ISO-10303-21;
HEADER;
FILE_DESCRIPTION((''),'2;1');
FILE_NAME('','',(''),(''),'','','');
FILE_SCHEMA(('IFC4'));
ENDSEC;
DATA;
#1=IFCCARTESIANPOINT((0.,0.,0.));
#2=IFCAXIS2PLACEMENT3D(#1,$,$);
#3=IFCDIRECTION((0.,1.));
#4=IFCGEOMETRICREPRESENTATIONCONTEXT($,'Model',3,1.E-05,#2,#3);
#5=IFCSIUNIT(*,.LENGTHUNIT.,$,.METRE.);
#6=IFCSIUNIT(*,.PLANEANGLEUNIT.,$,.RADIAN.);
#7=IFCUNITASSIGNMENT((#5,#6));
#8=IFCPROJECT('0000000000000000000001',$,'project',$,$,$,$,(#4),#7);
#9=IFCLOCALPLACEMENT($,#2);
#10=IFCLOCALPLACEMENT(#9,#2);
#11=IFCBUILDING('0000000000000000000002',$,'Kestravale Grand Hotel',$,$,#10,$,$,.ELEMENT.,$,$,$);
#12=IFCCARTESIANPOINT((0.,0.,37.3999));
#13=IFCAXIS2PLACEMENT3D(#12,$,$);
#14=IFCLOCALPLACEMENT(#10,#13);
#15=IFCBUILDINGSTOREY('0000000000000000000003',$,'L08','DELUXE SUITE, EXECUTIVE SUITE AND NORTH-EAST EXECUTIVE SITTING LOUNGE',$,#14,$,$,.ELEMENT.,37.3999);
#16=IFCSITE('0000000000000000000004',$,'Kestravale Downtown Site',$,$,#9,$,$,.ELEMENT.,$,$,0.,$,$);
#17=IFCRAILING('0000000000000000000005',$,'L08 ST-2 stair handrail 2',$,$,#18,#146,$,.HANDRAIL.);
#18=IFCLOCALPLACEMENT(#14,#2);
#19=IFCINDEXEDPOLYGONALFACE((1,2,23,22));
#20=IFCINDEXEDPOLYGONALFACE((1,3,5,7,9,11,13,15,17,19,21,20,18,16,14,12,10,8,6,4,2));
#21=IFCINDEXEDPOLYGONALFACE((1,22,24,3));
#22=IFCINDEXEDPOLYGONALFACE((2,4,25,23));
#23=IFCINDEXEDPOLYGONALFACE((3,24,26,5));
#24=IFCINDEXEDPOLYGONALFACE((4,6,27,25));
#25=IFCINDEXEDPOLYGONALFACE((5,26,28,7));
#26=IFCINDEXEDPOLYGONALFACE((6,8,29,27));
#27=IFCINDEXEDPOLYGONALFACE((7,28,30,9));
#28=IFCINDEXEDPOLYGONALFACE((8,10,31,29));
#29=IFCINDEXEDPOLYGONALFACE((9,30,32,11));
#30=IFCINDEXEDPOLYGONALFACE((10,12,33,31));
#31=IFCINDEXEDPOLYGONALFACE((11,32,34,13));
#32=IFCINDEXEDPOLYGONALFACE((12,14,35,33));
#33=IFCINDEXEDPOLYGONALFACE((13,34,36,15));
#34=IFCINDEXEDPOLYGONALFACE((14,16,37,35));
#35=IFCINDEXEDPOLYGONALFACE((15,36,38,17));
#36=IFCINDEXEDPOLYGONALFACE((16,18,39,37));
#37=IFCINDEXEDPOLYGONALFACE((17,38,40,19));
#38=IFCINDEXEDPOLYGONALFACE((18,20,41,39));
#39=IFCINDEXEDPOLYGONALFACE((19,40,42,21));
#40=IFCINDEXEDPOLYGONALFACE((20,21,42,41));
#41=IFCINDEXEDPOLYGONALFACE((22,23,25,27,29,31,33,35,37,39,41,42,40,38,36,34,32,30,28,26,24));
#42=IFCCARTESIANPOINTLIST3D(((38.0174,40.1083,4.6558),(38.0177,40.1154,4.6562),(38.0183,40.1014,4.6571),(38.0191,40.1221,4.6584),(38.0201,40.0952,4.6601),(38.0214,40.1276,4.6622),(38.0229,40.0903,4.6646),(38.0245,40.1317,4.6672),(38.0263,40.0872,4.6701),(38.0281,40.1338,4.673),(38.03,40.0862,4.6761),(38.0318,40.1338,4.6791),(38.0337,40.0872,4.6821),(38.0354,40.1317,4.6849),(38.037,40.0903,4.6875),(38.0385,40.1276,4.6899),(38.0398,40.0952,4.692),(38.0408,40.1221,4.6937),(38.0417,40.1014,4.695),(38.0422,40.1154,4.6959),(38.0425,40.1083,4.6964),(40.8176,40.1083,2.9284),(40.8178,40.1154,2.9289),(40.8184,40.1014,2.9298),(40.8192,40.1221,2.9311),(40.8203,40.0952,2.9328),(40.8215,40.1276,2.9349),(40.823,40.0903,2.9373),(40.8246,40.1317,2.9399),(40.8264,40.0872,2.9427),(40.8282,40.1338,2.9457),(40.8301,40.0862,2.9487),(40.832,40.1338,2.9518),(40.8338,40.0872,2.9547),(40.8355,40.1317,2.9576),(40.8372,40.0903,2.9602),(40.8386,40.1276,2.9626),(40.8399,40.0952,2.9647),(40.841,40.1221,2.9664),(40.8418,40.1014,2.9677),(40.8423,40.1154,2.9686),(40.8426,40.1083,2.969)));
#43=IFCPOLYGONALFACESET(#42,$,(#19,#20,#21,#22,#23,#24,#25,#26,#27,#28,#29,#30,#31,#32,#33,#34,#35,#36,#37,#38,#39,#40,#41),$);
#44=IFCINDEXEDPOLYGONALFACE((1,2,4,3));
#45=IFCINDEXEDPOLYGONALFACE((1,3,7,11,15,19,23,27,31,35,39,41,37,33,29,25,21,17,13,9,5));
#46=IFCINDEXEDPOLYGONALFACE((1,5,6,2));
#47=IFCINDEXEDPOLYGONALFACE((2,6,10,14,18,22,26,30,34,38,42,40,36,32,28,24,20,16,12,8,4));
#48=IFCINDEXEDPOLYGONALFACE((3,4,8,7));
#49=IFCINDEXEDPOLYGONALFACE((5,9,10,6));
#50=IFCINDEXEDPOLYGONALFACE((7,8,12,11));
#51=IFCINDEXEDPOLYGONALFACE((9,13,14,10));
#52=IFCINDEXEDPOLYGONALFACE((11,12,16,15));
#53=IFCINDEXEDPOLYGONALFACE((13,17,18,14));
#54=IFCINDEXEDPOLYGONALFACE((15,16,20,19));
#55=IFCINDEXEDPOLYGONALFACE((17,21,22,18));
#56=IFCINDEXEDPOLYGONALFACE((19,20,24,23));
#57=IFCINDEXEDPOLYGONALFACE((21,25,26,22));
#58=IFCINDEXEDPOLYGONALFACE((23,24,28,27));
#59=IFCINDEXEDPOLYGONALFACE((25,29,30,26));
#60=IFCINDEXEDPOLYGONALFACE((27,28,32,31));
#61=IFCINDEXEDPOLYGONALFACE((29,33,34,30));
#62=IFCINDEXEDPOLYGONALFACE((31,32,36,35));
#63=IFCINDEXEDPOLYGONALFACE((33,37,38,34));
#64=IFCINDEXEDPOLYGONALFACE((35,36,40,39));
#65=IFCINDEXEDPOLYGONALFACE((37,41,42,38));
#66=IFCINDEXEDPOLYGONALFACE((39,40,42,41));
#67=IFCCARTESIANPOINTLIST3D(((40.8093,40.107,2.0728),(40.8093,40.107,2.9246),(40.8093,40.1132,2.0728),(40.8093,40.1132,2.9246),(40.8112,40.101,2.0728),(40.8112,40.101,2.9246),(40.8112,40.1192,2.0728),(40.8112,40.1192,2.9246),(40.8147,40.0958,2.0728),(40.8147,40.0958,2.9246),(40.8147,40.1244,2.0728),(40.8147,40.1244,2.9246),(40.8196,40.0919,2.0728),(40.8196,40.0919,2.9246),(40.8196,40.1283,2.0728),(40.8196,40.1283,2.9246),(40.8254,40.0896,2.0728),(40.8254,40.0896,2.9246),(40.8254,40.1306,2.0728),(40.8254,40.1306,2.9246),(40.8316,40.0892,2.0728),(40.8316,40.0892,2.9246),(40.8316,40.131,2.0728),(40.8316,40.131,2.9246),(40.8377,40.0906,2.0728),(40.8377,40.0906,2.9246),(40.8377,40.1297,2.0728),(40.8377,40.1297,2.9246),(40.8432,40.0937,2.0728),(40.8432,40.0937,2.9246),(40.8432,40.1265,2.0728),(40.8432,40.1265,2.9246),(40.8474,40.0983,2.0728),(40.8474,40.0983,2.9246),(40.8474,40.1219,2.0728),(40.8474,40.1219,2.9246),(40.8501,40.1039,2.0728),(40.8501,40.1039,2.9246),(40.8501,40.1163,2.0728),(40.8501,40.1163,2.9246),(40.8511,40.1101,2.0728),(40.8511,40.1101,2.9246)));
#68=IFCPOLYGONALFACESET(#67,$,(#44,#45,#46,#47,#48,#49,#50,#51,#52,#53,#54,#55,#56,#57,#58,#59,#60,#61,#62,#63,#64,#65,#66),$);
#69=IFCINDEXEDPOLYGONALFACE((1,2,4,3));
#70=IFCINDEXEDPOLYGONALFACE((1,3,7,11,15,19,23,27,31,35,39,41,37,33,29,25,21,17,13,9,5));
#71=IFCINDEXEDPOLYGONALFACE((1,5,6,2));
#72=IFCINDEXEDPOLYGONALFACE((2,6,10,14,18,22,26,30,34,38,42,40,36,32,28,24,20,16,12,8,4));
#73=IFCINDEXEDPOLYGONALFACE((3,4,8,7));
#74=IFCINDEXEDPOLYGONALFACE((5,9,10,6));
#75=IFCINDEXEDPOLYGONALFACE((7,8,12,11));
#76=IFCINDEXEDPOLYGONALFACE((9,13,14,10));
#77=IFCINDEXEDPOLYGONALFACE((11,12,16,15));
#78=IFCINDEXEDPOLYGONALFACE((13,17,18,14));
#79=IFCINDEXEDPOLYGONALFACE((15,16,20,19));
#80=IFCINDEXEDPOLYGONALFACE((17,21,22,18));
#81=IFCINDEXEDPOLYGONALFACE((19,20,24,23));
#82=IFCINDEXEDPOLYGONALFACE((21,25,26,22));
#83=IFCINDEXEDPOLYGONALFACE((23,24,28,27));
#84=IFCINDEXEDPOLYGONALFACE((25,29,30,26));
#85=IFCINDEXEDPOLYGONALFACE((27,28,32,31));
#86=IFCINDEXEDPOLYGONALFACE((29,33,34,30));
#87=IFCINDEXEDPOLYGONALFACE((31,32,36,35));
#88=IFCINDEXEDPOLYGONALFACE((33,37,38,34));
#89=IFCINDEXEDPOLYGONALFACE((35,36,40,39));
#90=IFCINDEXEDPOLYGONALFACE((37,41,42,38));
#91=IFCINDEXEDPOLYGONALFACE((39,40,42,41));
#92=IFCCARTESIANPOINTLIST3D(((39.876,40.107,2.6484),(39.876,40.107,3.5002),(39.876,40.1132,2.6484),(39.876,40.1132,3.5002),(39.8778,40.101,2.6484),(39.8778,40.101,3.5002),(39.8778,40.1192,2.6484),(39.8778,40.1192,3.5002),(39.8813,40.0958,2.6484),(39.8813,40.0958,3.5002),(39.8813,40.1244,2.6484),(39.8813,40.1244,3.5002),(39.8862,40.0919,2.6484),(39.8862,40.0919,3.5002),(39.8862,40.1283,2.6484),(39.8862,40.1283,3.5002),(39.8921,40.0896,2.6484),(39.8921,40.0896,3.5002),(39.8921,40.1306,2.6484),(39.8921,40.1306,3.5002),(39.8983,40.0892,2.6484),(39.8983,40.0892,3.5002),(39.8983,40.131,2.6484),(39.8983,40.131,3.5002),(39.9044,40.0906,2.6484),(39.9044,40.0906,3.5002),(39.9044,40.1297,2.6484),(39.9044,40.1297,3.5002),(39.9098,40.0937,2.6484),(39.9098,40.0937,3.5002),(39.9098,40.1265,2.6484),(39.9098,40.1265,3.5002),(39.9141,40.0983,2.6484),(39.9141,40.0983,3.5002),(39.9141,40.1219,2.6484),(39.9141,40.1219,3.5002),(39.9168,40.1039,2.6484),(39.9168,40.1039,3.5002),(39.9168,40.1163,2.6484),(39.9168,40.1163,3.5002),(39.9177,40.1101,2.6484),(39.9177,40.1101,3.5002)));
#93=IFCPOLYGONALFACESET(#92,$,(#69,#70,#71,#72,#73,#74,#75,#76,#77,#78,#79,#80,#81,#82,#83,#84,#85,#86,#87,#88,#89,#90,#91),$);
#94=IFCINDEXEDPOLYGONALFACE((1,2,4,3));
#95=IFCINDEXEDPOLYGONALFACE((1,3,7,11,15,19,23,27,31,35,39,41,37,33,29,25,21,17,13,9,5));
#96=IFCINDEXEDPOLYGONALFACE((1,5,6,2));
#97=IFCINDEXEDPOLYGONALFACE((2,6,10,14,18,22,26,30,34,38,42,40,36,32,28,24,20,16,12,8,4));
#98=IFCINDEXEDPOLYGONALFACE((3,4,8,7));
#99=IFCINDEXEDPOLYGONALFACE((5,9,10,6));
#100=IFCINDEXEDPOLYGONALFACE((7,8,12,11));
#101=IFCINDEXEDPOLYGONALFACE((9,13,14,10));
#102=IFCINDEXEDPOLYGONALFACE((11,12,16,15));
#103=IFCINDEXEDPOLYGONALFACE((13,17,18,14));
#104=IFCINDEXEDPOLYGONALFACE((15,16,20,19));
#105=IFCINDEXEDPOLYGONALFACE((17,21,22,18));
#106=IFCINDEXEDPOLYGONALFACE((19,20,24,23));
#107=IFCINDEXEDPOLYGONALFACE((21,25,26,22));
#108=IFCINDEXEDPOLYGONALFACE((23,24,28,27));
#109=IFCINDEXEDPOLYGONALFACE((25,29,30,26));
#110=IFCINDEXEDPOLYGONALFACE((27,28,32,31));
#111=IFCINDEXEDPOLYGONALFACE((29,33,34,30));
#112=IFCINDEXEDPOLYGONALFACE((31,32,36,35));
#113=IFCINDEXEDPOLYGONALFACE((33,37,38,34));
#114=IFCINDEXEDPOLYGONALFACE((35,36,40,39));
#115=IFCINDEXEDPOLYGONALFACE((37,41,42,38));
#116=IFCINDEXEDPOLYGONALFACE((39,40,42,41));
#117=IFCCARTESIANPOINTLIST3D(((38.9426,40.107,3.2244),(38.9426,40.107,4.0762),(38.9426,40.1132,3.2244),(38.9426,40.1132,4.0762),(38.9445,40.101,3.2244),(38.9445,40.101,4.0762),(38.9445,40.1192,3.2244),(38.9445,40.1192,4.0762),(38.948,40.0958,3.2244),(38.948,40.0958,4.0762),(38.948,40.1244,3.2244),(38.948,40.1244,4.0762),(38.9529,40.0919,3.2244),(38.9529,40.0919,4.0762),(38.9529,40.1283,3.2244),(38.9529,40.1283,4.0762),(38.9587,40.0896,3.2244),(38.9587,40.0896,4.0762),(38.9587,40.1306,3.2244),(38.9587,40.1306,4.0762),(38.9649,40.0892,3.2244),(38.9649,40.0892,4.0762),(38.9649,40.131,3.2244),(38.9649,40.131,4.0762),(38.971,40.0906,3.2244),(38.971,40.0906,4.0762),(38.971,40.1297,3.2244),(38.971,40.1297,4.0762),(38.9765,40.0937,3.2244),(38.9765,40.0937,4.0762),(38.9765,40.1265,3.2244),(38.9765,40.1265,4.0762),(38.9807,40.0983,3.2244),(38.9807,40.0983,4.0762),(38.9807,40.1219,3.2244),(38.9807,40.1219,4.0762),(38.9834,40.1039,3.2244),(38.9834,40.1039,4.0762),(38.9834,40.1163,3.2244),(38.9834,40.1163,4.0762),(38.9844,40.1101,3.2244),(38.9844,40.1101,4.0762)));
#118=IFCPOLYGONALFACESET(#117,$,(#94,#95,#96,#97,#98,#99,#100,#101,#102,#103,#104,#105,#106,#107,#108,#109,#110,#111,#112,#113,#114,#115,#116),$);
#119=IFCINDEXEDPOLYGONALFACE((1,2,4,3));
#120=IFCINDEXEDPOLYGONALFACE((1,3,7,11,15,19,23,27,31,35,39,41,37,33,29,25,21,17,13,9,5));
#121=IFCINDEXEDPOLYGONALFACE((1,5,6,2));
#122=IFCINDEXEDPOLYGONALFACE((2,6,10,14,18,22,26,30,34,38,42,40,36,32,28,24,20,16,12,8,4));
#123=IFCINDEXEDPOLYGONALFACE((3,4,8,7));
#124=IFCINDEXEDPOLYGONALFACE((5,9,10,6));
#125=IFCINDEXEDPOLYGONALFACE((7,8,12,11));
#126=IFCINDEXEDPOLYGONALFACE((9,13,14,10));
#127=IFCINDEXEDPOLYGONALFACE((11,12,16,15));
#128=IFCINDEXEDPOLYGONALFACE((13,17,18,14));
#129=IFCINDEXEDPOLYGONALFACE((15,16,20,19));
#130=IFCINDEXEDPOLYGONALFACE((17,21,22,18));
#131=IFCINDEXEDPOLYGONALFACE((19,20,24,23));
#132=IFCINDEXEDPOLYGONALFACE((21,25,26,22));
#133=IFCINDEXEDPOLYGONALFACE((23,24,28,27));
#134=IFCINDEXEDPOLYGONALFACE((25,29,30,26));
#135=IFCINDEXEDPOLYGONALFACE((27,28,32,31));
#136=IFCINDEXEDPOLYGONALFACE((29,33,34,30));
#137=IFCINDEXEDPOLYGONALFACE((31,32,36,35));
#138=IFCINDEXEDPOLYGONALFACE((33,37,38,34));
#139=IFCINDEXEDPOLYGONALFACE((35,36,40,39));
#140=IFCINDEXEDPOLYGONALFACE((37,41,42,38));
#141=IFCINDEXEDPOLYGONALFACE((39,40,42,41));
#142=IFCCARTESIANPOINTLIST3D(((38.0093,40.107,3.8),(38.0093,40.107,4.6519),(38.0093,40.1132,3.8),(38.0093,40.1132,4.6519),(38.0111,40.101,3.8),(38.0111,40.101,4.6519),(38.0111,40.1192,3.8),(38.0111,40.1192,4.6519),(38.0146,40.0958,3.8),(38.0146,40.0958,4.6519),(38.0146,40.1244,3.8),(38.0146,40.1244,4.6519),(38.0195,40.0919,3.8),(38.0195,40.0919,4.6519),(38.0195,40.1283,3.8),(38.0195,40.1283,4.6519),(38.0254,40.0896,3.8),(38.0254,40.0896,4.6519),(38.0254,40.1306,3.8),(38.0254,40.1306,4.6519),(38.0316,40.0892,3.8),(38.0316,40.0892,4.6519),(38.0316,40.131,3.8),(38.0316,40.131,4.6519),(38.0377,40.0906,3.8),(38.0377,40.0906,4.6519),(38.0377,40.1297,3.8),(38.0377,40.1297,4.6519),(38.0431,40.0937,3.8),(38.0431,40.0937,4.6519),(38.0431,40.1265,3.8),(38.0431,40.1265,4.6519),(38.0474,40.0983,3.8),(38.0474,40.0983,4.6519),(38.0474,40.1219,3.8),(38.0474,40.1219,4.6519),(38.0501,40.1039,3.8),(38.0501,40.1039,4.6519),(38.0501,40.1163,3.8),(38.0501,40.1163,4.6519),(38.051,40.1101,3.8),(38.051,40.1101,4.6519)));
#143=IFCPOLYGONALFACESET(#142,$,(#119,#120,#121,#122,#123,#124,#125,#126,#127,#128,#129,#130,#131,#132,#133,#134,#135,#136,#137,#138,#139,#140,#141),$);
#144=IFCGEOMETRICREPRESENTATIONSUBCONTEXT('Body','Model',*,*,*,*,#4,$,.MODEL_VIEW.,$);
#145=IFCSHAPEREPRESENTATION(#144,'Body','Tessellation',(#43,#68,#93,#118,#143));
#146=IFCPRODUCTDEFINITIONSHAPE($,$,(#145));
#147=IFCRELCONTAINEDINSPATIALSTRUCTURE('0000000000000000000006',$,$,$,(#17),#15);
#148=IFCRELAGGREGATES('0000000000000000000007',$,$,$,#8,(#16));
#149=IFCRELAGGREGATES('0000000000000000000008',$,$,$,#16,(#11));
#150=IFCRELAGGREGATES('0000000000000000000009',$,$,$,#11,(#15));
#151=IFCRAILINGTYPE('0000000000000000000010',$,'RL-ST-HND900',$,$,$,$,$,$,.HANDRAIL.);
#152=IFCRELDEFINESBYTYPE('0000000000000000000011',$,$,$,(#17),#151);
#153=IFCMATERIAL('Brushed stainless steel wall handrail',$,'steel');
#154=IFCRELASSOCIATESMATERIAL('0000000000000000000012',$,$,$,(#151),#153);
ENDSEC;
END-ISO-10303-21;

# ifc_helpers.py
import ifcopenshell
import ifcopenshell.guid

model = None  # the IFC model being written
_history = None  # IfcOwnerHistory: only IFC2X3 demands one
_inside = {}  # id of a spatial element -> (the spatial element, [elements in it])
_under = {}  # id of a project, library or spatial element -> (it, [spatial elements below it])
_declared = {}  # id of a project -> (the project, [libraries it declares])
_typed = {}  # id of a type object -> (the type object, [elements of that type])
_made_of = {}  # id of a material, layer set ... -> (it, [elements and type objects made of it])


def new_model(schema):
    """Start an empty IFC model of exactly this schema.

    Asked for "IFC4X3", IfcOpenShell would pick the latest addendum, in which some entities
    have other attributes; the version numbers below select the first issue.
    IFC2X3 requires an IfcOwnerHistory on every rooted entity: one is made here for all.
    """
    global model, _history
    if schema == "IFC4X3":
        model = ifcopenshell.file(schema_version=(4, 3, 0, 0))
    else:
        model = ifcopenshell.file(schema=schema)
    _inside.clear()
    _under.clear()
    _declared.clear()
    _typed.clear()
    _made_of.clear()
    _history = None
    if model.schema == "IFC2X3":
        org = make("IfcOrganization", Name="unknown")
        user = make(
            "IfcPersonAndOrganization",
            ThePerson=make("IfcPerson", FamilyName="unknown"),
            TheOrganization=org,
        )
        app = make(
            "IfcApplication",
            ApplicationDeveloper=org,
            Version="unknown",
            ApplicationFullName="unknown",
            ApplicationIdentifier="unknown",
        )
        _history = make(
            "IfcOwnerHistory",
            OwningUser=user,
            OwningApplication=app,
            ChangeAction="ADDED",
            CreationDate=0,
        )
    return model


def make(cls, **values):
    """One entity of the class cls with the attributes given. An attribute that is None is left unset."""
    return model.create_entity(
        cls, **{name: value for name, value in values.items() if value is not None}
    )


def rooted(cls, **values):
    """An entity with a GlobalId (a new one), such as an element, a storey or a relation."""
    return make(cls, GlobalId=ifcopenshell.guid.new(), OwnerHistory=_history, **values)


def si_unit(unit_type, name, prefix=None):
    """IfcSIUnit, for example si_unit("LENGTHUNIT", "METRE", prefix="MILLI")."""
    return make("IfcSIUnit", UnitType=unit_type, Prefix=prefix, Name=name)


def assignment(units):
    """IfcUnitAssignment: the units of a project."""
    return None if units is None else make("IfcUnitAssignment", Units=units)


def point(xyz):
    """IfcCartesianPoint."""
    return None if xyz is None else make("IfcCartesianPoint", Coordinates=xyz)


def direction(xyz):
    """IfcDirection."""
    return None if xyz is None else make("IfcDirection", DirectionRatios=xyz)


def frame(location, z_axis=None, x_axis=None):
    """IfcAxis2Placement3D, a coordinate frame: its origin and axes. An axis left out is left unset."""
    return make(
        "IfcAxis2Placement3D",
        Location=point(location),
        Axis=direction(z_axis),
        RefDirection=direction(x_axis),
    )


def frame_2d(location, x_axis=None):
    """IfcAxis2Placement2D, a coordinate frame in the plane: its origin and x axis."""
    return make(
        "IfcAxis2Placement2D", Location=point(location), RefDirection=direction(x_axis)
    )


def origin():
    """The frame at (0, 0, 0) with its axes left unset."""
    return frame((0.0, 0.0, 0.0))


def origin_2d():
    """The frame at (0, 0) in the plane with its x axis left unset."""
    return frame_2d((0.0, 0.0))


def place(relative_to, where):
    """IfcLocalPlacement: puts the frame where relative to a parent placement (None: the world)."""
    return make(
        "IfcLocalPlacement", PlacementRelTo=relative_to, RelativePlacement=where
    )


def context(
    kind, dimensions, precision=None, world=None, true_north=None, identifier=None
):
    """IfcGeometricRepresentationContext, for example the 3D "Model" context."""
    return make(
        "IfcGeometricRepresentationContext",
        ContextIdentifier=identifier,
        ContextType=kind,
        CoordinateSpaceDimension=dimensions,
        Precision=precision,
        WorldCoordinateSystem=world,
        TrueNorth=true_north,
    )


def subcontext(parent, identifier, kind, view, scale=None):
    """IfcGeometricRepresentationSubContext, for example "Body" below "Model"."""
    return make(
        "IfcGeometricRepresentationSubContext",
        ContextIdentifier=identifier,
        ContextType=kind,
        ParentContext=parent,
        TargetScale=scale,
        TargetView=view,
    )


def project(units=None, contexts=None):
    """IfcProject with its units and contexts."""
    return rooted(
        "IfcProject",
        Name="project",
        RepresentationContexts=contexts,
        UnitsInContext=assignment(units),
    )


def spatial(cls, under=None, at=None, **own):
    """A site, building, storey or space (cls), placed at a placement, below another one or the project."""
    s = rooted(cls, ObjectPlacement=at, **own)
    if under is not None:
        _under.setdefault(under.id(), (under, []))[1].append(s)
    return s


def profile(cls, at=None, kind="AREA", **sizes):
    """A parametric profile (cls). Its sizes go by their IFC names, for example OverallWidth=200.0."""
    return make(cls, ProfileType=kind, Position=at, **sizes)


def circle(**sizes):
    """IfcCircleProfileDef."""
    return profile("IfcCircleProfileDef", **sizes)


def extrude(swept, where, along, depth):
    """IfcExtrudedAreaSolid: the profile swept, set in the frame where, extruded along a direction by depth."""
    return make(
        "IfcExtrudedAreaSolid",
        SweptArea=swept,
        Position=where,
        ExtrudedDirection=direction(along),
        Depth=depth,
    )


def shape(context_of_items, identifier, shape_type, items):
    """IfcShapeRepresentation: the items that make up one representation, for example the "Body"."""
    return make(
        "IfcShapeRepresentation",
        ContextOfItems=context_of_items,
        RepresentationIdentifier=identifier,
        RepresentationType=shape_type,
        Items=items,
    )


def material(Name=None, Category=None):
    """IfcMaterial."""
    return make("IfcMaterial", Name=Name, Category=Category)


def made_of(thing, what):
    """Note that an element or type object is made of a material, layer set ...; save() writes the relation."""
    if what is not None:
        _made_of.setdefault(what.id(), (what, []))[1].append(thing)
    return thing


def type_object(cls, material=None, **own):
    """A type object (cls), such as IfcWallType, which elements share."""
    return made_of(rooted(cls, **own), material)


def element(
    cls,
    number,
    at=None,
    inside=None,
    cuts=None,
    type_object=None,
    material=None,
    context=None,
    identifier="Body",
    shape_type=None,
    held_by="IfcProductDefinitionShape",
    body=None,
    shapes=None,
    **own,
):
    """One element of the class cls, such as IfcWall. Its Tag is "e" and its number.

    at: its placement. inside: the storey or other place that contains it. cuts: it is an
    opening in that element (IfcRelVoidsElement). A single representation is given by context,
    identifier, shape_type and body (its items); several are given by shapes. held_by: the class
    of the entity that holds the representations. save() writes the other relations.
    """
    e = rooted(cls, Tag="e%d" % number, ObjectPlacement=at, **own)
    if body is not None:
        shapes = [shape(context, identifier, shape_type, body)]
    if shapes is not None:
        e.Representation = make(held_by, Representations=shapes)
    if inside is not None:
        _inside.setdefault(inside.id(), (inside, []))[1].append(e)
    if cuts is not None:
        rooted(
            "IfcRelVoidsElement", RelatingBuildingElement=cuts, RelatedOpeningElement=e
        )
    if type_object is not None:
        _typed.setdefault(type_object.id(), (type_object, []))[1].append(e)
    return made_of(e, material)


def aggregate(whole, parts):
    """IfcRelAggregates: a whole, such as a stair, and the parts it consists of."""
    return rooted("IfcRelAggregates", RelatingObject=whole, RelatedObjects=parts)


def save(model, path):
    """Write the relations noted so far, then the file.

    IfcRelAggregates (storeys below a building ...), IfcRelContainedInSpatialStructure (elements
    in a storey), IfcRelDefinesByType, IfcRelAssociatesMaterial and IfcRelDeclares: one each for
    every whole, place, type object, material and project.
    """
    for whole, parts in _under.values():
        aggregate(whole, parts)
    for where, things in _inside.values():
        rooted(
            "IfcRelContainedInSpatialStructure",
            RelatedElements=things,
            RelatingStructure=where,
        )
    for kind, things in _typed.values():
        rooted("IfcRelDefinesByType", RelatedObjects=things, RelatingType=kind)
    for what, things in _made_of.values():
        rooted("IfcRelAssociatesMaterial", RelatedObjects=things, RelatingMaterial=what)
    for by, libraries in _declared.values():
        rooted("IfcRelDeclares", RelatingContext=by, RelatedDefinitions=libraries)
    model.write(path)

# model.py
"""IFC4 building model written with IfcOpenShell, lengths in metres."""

from ifc_helpers import new_model, si_unit, direction, frame, origin, origin_2d, place, context, subcontext, project, spatial, circle, extrude, material, type_object, element, save


model = new_model("IFC4")

# Units and contexts
model_context = context("Model", 3, precision=1e-05, world=origin(), true_north=direction((0.0, 1.0)))
body_context = subcontext(model_context, "Body", "Model", "MODEL_VIEW")
ifc_project = project(units=[si_unit("LENGTHUNIT", "METRE"), si_unit("PLANEANGLEUNIT", "RADIAN")], contexts=[model_context])

# Site, building, storey
site_placement = place(None, origin())
site = spatial("IfcSite", under=ifc_project, at=site_placement, Name="Kestravale Downtown Site", CompositionType="ELEMENT", RefElevation=0.0)
building_placement = place(site_placement, origin())
building = spatial("IfcBuilding", under=site, at=building_placement, Name="Kestravale Grand Hotel", CompositionType="ELEMENT")
storey_placement = place(building_placement, frame((0.0, 0.0, 37.3999)))
storey = spatial("IfcBuildingStorey", under=building, at=storey_placement, Name="L08", Description="DELUXE SUITE, EXECUTIVE SUITE AND NORTH-EAST EXECUTIVE SITTING LOUNGE", CompositionType="ELEMENT", Elevation=37.3999)

# Railing
ifc_material_1 = material(Name="Brushed stainless steel wall handrail", Category="steel")
railing_type_1 = type_object("IfcRailingType", Name="RL-ST-HND900", PredefinedType="HANDRAIL", material=ifc_material_1)
railing_1_placement = place(storey_placement, frame((40.8301, 40.1101, 2.0728)))
element("IfcRailing", 1, at=railing_1_placement, inside=storey, type_object=railing_type_1, Name="L08 ST-2 stair handrail 2", PredefinedType="HANDRAIL", context=body_context, shape_type="SweptSolid", body=[
    extrude(circle(Radius=0.0239, at=origin_2d()), frame((0.0, 0.0, 0.876), z_axis=(-0.85109, 0.0, 0.52502), x_axis=(0.0, -1.0, 0.0)), (0.0, 0.0, 1.0), 3.29),
    extrude(circle(Radius=0.021, at=origin_2d()), origin(), (0.0, 0.0, 1.0), 0.8518),
    extrude(circle(Radius=0.021, at=origin_2d()), frame((-0.9333, 0.0, 0.5757)), (0.0, 0.0, 1.0), 0.8518),
    extrude(circle(Radius=0.021, at=origin_2d()), frame((-1.8667, 0.0, 1.1516)), (0.0, 0.0, 1.0), 0.8518),
    extrude(circle(Radius=0.021, at=origin_2d()), frame((-2.8, 0.0, 1.7273)), (0.0, 0.0, 1.0), 0.8518),
])

save(model, "model.ifc")
